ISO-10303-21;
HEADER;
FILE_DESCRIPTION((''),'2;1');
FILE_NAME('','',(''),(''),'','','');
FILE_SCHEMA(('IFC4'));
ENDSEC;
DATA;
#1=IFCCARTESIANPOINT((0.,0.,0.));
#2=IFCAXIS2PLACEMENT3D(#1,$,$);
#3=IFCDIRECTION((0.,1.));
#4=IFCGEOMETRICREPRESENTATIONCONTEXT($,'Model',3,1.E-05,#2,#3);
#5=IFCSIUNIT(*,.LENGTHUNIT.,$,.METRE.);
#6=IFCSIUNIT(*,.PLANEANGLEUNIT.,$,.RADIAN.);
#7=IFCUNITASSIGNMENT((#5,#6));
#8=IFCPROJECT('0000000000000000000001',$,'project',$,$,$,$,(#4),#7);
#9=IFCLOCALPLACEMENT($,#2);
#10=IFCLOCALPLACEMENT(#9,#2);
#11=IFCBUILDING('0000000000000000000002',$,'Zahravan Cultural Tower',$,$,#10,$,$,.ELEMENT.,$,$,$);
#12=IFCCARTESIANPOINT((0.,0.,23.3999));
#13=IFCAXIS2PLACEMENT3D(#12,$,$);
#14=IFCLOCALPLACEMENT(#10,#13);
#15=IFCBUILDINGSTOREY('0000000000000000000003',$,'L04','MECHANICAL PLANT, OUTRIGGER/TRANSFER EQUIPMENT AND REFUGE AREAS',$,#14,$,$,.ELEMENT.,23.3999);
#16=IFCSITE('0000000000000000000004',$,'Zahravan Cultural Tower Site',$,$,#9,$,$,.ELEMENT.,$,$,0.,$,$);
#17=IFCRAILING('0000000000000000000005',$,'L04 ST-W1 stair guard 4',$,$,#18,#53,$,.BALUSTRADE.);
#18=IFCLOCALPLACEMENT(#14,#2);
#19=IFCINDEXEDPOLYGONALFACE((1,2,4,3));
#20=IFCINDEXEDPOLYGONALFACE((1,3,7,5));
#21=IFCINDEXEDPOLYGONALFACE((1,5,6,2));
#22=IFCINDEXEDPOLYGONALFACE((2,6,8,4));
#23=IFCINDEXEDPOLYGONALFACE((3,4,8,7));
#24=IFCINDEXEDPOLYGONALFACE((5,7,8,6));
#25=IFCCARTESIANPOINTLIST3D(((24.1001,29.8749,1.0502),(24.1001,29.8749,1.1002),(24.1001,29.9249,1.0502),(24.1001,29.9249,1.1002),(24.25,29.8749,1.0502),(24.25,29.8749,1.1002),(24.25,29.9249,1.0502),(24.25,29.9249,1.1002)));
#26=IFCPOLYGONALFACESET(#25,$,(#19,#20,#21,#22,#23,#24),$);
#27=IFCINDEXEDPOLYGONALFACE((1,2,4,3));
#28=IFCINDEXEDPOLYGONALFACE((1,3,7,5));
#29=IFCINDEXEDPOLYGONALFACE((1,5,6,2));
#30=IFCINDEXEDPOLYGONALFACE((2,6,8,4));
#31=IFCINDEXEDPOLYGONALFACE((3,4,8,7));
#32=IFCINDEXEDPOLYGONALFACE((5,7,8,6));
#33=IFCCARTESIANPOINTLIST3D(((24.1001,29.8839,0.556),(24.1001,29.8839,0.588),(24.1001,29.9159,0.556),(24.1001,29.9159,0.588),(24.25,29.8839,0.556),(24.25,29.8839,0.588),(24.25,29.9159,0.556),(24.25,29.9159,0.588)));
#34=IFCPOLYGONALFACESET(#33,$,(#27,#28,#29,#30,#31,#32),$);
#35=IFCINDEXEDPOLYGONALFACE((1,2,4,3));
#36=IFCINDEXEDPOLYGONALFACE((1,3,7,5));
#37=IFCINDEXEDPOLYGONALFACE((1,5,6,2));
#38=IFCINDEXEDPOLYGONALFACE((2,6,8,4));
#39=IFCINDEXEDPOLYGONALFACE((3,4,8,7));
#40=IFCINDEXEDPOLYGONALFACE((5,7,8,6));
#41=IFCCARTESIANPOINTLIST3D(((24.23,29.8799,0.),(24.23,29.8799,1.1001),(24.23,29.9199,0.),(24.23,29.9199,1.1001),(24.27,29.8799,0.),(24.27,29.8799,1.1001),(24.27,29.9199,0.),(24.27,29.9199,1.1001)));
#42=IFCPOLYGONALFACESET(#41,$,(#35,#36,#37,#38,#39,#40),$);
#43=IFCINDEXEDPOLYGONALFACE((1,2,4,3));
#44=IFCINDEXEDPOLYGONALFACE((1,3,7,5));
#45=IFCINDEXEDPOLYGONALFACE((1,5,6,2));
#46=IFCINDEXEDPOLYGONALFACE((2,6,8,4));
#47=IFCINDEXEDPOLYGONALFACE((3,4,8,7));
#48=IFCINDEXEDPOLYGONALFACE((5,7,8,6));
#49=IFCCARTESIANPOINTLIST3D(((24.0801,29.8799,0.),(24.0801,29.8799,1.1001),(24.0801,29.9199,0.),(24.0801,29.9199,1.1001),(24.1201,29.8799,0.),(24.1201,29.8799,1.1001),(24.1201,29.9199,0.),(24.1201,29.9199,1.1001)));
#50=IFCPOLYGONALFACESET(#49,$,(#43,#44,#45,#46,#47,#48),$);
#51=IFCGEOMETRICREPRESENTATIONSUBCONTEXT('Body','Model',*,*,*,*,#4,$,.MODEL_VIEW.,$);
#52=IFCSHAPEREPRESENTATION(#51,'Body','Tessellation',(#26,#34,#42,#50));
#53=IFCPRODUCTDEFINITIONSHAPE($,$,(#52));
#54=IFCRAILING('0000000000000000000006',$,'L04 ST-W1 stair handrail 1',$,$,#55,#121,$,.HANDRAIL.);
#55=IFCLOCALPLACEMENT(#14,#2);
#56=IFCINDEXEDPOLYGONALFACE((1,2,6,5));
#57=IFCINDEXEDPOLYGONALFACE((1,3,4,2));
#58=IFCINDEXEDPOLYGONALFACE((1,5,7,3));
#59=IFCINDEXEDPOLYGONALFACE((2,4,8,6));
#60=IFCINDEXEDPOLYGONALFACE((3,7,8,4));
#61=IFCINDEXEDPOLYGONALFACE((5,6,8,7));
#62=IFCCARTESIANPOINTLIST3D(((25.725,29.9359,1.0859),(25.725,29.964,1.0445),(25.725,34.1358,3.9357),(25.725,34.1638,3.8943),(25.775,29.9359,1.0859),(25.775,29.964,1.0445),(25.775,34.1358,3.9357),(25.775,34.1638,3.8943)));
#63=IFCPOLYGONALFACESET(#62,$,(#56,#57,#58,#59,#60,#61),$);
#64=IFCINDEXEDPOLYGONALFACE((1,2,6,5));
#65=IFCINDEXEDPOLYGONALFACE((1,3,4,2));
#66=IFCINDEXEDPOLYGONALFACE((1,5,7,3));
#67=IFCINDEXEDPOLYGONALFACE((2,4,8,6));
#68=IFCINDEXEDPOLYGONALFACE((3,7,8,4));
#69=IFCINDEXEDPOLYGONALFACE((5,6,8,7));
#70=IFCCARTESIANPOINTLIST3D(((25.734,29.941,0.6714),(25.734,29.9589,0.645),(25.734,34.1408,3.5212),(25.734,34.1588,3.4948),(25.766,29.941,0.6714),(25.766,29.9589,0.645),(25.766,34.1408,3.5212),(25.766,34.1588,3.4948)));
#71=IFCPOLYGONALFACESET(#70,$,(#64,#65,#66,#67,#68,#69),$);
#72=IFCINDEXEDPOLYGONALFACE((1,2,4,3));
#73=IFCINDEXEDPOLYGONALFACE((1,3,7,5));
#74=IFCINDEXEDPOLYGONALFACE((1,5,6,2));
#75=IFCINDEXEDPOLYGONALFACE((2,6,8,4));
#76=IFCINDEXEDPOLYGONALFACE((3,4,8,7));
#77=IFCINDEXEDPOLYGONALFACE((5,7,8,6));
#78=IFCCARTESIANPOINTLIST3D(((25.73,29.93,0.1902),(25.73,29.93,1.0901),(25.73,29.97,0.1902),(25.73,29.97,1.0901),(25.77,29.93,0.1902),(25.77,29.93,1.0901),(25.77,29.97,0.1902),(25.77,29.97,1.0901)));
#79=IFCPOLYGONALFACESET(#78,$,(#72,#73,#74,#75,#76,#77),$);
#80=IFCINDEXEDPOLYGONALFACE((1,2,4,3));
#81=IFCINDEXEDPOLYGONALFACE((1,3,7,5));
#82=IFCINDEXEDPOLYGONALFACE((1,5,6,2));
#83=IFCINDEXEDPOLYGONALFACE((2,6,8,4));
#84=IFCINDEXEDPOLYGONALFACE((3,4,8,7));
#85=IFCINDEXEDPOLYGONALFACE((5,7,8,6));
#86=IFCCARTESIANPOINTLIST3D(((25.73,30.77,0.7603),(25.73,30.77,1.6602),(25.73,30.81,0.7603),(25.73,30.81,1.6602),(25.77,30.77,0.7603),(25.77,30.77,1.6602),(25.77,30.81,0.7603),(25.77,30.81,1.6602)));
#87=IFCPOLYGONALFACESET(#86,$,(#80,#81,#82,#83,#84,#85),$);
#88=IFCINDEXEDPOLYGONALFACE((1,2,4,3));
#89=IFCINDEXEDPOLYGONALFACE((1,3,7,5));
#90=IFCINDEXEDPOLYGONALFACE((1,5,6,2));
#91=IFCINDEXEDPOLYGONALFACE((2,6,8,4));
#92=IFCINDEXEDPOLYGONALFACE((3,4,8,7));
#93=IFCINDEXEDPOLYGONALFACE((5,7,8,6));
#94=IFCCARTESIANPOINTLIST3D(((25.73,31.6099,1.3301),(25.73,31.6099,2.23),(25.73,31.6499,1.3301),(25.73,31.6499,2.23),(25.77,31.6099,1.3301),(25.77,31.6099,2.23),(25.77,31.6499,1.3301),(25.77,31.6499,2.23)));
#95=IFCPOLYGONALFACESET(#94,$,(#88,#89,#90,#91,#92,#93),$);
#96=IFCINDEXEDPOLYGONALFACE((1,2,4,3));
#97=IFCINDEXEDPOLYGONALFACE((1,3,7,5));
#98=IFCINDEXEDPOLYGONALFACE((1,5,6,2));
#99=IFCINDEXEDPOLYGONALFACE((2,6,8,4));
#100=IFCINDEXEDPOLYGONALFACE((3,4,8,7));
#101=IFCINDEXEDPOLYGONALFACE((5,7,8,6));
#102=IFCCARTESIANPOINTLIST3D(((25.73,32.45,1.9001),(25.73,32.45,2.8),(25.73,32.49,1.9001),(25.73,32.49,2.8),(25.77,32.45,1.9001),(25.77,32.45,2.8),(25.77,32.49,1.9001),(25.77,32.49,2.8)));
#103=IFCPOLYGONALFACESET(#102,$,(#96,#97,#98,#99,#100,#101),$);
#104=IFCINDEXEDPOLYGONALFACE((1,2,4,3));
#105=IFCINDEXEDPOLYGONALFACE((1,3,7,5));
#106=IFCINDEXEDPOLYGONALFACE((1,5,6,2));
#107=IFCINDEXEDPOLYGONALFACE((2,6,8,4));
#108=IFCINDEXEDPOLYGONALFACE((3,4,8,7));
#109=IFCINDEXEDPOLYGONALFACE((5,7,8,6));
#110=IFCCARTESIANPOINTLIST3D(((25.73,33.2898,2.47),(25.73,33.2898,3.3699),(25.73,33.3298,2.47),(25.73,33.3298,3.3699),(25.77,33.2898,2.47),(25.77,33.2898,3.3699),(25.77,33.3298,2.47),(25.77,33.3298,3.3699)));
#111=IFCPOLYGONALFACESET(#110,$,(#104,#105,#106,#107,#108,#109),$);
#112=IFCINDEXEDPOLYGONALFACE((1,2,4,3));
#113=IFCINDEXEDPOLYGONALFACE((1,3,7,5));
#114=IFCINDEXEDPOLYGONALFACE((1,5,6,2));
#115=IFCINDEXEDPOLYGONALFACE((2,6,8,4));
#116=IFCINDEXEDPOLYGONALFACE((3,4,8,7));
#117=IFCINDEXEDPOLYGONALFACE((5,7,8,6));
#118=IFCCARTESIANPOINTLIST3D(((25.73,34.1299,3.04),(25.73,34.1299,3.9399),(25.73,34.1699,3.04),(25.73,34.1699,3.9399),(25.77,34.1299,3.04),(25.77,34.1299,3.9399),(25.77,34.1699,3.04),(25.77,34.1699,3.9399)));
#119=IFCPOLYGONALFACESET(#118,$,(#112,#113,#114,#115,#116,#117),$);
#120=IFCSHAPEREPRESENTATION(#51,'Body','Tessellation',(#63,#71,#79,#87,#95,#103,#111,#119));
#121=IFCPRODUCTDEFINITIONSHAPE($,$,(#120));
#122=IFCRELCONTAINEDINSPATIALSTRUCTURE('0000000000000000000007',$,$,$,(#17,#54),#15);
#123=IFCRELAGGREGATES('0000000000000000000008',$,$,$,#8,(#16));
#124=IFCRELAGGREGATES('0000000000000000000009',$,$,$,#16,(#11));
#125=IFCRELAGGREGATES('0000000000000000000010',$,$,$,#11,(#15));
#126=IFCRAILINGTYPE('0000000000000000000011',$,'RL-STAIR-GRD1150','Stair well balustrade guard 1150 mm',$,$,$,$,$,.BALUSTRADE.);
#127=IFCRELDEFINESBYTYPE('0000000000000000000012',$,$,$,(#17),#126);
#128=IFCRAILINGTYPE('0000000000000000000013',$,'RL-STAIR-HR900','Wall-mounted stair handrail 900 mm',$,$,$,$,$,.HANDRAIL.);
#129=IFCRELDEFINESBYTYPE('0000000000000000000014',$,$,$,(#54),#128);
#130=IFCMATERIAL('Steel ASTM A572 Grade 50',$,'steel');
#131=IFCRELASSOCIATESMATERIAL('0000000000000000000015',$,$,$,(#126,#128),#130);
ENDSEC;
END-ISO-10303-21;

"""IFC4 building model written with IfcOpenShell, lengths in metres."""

from ifc_helpers import new_model, si_unit, direction, frame, origin, origin_2d, place, context, subcontext, project, spatial, rectangle, extrude, material, type_object, element, save


model = new_model("IFC4")

# Units and contexts
model_context = context("Model", 3, precision=1e-05, world=origin(), true_north=direction((0.0, 1.0)))
body_context = subcontext(model_context, "Body", "Model", "MODEL_VIEW")
ifc_project = project(units=[si_unit("LENGTHUNIT", "METRE"), si_unit("PLANEANGLEUNIT", "RADIAN")], contexts=[model_context])

# Site, building, storey
site_placement = place(None, origin())
site = spatial("IfcSite", under=ifc_project, at=site_placement, Name="Zahravan Cultural Tower Site", CompositionType="ELEMENT", RefElevation=0.0)
building_placement = place(site_placement, origin())
building = spatial("IfcBuilding", under=site, at=building_placement, Name="Zahravan Cultural Tower", CompositionType="ELEMENT")
storey_placement = place(building_placement, frame((0.0, 0.0, 23.3999)))
storey = spatial("IfcBuildingStorey", under=building, at=storey_placement, Name="L04", Description="MECHANICAL PLANT, OUTRIGGER/TRANSFER EQUIPMENT AND REFUGE AREAS", CompositionType="ELEMENT", Elevation=23.3999)

# Shared definitions
ifc_material_1 = material(Name="Steel ASTM A572 Grade 50", Category="steel")

# Railings
railing_type_1 = type_object("IfcRailingType", Name="RL-STAIR-GRD1150", Description="Stair well balustrade guard 1150 mm", PredefinedType="BALUSTRADE", material=ifc_material_1)
railing_1_placement = place(storey_placement, frame((24.25, 29.8999, 0.0)))
element("IfcRailing", 1, at=railing_1_placement, inside=storey, type_object=railing_type_1, Name="L04 ST-W1 stair guard 4", PredefinedType="BALUSTRADE", context=body_context, shape_type="SweptSolid", body=[
    extrude(rectangle(XDim=0.05, YDim=0.05, at=origin_2d()), frame((0.0, 0.0, 1.0752), z_axis=(-1.0, 0.0, 0.0), x_axis=(0.0, -1.0, 0.0)), (0.0, 0.0, 1.0), 0.1499),
    extrude(rectangle(XDim=0.032, YDim=0.032, at=origin_2d()), frame((0.0, 0.0, 0.572), z_axis=(-1.0, 0.0, 0.0), x_axis=(0.0, -1.0, 0.0)), (0.0, 0.0, 1.0), 0.1499),
    extrude(rectangle(XDim=0.04, YDim=0.04, at=origin_2d()), origin(), (0.0, 0.0, 1.0), 1.1001),
    extrude(rectangle(XDim=0.04, YDim=0.04, at=origin_2d()), frame((-0.1499, 0.0, 0.0)), (0.0, 0.0, 1.0), 1.1001),
])
railing_type_2 = type_object("IfcRailingType", Name="RL-STAIR-HR900", Description="Wall-mounted stair handrail 900 mm", PredefinedType="HANDRAIL", material=ifc_material_1)
railing_2_placement = place(storey_placement, frame((25.75, 29.95, 0.1902)))
element("IfcRailing", 2, at=railing_2_placement, inside=storey, type_object=railing_type_2, Name="L04 ST-W1 stair handrail 1", PredefinedType="HANDRAIL", context=body_context, shape_type="SweptSolid", body=[
    extrude(rectangle(XDim=0.05, YDim=0.05, at=origin_2d()), frame((0.0, 0.0, 0.875), z_axis=(0.0, 0.827486, 0.561486), x_axis=(-1.0, 0.0, 0.0)), (0.0, 0.0, 1.0), 5.0754),
    extrude(rectangle(XDim=0.032, YDim=0.032, at=origin_2d()), frame((0.0, 0.0, 0.468), z_axis=(0.0, 0.827486, 0.561486), x_axis=(-1.0, 0.0, 0.0)), (0.0, 0.0, 1.0), 5.0754),
    extrude(rectangle(XDim=0.04, YDim=0.04, at=origin_2d()), origin(), (0.0, 0.0, 1.0), 0.8999),
    extrude(rectangle(XDim=0.04, YDim=0.04, at=origin_2d()), frame((0.0, 0.8401, 0.5701)), (0.0, 0.0, 1.0), 0.8999),
    extrude(rectangle(XDim=0.04, YDim=0.04, at=origin_2d()), frame((0.0, 1.6799, 1.1399)), (0.0, 0.0, 1.0), 0.8999),
    extrude(rectangle(XDim=0.04, YDim=0.04, at=origin_2d()), frame((0.0, 2.52, 1.71)), (0.0, 0.0, 1.0), 0.8999),
    extrude(rectangle(XDim=0.04, YDim=0.04, at=origin_2d()), frame((0.0, 3.3599, 2.2798)), (0.0, 0.0, 1.0), 0.8999),
    extrude(rectangle(XDim=0.04, YDim=0.04, at=origin_2d()), frame((0.0, 4.2, 2.8499)), (0.0, 0.0, 1.0), 0.8999),
])

save(model, "model.ifc")
